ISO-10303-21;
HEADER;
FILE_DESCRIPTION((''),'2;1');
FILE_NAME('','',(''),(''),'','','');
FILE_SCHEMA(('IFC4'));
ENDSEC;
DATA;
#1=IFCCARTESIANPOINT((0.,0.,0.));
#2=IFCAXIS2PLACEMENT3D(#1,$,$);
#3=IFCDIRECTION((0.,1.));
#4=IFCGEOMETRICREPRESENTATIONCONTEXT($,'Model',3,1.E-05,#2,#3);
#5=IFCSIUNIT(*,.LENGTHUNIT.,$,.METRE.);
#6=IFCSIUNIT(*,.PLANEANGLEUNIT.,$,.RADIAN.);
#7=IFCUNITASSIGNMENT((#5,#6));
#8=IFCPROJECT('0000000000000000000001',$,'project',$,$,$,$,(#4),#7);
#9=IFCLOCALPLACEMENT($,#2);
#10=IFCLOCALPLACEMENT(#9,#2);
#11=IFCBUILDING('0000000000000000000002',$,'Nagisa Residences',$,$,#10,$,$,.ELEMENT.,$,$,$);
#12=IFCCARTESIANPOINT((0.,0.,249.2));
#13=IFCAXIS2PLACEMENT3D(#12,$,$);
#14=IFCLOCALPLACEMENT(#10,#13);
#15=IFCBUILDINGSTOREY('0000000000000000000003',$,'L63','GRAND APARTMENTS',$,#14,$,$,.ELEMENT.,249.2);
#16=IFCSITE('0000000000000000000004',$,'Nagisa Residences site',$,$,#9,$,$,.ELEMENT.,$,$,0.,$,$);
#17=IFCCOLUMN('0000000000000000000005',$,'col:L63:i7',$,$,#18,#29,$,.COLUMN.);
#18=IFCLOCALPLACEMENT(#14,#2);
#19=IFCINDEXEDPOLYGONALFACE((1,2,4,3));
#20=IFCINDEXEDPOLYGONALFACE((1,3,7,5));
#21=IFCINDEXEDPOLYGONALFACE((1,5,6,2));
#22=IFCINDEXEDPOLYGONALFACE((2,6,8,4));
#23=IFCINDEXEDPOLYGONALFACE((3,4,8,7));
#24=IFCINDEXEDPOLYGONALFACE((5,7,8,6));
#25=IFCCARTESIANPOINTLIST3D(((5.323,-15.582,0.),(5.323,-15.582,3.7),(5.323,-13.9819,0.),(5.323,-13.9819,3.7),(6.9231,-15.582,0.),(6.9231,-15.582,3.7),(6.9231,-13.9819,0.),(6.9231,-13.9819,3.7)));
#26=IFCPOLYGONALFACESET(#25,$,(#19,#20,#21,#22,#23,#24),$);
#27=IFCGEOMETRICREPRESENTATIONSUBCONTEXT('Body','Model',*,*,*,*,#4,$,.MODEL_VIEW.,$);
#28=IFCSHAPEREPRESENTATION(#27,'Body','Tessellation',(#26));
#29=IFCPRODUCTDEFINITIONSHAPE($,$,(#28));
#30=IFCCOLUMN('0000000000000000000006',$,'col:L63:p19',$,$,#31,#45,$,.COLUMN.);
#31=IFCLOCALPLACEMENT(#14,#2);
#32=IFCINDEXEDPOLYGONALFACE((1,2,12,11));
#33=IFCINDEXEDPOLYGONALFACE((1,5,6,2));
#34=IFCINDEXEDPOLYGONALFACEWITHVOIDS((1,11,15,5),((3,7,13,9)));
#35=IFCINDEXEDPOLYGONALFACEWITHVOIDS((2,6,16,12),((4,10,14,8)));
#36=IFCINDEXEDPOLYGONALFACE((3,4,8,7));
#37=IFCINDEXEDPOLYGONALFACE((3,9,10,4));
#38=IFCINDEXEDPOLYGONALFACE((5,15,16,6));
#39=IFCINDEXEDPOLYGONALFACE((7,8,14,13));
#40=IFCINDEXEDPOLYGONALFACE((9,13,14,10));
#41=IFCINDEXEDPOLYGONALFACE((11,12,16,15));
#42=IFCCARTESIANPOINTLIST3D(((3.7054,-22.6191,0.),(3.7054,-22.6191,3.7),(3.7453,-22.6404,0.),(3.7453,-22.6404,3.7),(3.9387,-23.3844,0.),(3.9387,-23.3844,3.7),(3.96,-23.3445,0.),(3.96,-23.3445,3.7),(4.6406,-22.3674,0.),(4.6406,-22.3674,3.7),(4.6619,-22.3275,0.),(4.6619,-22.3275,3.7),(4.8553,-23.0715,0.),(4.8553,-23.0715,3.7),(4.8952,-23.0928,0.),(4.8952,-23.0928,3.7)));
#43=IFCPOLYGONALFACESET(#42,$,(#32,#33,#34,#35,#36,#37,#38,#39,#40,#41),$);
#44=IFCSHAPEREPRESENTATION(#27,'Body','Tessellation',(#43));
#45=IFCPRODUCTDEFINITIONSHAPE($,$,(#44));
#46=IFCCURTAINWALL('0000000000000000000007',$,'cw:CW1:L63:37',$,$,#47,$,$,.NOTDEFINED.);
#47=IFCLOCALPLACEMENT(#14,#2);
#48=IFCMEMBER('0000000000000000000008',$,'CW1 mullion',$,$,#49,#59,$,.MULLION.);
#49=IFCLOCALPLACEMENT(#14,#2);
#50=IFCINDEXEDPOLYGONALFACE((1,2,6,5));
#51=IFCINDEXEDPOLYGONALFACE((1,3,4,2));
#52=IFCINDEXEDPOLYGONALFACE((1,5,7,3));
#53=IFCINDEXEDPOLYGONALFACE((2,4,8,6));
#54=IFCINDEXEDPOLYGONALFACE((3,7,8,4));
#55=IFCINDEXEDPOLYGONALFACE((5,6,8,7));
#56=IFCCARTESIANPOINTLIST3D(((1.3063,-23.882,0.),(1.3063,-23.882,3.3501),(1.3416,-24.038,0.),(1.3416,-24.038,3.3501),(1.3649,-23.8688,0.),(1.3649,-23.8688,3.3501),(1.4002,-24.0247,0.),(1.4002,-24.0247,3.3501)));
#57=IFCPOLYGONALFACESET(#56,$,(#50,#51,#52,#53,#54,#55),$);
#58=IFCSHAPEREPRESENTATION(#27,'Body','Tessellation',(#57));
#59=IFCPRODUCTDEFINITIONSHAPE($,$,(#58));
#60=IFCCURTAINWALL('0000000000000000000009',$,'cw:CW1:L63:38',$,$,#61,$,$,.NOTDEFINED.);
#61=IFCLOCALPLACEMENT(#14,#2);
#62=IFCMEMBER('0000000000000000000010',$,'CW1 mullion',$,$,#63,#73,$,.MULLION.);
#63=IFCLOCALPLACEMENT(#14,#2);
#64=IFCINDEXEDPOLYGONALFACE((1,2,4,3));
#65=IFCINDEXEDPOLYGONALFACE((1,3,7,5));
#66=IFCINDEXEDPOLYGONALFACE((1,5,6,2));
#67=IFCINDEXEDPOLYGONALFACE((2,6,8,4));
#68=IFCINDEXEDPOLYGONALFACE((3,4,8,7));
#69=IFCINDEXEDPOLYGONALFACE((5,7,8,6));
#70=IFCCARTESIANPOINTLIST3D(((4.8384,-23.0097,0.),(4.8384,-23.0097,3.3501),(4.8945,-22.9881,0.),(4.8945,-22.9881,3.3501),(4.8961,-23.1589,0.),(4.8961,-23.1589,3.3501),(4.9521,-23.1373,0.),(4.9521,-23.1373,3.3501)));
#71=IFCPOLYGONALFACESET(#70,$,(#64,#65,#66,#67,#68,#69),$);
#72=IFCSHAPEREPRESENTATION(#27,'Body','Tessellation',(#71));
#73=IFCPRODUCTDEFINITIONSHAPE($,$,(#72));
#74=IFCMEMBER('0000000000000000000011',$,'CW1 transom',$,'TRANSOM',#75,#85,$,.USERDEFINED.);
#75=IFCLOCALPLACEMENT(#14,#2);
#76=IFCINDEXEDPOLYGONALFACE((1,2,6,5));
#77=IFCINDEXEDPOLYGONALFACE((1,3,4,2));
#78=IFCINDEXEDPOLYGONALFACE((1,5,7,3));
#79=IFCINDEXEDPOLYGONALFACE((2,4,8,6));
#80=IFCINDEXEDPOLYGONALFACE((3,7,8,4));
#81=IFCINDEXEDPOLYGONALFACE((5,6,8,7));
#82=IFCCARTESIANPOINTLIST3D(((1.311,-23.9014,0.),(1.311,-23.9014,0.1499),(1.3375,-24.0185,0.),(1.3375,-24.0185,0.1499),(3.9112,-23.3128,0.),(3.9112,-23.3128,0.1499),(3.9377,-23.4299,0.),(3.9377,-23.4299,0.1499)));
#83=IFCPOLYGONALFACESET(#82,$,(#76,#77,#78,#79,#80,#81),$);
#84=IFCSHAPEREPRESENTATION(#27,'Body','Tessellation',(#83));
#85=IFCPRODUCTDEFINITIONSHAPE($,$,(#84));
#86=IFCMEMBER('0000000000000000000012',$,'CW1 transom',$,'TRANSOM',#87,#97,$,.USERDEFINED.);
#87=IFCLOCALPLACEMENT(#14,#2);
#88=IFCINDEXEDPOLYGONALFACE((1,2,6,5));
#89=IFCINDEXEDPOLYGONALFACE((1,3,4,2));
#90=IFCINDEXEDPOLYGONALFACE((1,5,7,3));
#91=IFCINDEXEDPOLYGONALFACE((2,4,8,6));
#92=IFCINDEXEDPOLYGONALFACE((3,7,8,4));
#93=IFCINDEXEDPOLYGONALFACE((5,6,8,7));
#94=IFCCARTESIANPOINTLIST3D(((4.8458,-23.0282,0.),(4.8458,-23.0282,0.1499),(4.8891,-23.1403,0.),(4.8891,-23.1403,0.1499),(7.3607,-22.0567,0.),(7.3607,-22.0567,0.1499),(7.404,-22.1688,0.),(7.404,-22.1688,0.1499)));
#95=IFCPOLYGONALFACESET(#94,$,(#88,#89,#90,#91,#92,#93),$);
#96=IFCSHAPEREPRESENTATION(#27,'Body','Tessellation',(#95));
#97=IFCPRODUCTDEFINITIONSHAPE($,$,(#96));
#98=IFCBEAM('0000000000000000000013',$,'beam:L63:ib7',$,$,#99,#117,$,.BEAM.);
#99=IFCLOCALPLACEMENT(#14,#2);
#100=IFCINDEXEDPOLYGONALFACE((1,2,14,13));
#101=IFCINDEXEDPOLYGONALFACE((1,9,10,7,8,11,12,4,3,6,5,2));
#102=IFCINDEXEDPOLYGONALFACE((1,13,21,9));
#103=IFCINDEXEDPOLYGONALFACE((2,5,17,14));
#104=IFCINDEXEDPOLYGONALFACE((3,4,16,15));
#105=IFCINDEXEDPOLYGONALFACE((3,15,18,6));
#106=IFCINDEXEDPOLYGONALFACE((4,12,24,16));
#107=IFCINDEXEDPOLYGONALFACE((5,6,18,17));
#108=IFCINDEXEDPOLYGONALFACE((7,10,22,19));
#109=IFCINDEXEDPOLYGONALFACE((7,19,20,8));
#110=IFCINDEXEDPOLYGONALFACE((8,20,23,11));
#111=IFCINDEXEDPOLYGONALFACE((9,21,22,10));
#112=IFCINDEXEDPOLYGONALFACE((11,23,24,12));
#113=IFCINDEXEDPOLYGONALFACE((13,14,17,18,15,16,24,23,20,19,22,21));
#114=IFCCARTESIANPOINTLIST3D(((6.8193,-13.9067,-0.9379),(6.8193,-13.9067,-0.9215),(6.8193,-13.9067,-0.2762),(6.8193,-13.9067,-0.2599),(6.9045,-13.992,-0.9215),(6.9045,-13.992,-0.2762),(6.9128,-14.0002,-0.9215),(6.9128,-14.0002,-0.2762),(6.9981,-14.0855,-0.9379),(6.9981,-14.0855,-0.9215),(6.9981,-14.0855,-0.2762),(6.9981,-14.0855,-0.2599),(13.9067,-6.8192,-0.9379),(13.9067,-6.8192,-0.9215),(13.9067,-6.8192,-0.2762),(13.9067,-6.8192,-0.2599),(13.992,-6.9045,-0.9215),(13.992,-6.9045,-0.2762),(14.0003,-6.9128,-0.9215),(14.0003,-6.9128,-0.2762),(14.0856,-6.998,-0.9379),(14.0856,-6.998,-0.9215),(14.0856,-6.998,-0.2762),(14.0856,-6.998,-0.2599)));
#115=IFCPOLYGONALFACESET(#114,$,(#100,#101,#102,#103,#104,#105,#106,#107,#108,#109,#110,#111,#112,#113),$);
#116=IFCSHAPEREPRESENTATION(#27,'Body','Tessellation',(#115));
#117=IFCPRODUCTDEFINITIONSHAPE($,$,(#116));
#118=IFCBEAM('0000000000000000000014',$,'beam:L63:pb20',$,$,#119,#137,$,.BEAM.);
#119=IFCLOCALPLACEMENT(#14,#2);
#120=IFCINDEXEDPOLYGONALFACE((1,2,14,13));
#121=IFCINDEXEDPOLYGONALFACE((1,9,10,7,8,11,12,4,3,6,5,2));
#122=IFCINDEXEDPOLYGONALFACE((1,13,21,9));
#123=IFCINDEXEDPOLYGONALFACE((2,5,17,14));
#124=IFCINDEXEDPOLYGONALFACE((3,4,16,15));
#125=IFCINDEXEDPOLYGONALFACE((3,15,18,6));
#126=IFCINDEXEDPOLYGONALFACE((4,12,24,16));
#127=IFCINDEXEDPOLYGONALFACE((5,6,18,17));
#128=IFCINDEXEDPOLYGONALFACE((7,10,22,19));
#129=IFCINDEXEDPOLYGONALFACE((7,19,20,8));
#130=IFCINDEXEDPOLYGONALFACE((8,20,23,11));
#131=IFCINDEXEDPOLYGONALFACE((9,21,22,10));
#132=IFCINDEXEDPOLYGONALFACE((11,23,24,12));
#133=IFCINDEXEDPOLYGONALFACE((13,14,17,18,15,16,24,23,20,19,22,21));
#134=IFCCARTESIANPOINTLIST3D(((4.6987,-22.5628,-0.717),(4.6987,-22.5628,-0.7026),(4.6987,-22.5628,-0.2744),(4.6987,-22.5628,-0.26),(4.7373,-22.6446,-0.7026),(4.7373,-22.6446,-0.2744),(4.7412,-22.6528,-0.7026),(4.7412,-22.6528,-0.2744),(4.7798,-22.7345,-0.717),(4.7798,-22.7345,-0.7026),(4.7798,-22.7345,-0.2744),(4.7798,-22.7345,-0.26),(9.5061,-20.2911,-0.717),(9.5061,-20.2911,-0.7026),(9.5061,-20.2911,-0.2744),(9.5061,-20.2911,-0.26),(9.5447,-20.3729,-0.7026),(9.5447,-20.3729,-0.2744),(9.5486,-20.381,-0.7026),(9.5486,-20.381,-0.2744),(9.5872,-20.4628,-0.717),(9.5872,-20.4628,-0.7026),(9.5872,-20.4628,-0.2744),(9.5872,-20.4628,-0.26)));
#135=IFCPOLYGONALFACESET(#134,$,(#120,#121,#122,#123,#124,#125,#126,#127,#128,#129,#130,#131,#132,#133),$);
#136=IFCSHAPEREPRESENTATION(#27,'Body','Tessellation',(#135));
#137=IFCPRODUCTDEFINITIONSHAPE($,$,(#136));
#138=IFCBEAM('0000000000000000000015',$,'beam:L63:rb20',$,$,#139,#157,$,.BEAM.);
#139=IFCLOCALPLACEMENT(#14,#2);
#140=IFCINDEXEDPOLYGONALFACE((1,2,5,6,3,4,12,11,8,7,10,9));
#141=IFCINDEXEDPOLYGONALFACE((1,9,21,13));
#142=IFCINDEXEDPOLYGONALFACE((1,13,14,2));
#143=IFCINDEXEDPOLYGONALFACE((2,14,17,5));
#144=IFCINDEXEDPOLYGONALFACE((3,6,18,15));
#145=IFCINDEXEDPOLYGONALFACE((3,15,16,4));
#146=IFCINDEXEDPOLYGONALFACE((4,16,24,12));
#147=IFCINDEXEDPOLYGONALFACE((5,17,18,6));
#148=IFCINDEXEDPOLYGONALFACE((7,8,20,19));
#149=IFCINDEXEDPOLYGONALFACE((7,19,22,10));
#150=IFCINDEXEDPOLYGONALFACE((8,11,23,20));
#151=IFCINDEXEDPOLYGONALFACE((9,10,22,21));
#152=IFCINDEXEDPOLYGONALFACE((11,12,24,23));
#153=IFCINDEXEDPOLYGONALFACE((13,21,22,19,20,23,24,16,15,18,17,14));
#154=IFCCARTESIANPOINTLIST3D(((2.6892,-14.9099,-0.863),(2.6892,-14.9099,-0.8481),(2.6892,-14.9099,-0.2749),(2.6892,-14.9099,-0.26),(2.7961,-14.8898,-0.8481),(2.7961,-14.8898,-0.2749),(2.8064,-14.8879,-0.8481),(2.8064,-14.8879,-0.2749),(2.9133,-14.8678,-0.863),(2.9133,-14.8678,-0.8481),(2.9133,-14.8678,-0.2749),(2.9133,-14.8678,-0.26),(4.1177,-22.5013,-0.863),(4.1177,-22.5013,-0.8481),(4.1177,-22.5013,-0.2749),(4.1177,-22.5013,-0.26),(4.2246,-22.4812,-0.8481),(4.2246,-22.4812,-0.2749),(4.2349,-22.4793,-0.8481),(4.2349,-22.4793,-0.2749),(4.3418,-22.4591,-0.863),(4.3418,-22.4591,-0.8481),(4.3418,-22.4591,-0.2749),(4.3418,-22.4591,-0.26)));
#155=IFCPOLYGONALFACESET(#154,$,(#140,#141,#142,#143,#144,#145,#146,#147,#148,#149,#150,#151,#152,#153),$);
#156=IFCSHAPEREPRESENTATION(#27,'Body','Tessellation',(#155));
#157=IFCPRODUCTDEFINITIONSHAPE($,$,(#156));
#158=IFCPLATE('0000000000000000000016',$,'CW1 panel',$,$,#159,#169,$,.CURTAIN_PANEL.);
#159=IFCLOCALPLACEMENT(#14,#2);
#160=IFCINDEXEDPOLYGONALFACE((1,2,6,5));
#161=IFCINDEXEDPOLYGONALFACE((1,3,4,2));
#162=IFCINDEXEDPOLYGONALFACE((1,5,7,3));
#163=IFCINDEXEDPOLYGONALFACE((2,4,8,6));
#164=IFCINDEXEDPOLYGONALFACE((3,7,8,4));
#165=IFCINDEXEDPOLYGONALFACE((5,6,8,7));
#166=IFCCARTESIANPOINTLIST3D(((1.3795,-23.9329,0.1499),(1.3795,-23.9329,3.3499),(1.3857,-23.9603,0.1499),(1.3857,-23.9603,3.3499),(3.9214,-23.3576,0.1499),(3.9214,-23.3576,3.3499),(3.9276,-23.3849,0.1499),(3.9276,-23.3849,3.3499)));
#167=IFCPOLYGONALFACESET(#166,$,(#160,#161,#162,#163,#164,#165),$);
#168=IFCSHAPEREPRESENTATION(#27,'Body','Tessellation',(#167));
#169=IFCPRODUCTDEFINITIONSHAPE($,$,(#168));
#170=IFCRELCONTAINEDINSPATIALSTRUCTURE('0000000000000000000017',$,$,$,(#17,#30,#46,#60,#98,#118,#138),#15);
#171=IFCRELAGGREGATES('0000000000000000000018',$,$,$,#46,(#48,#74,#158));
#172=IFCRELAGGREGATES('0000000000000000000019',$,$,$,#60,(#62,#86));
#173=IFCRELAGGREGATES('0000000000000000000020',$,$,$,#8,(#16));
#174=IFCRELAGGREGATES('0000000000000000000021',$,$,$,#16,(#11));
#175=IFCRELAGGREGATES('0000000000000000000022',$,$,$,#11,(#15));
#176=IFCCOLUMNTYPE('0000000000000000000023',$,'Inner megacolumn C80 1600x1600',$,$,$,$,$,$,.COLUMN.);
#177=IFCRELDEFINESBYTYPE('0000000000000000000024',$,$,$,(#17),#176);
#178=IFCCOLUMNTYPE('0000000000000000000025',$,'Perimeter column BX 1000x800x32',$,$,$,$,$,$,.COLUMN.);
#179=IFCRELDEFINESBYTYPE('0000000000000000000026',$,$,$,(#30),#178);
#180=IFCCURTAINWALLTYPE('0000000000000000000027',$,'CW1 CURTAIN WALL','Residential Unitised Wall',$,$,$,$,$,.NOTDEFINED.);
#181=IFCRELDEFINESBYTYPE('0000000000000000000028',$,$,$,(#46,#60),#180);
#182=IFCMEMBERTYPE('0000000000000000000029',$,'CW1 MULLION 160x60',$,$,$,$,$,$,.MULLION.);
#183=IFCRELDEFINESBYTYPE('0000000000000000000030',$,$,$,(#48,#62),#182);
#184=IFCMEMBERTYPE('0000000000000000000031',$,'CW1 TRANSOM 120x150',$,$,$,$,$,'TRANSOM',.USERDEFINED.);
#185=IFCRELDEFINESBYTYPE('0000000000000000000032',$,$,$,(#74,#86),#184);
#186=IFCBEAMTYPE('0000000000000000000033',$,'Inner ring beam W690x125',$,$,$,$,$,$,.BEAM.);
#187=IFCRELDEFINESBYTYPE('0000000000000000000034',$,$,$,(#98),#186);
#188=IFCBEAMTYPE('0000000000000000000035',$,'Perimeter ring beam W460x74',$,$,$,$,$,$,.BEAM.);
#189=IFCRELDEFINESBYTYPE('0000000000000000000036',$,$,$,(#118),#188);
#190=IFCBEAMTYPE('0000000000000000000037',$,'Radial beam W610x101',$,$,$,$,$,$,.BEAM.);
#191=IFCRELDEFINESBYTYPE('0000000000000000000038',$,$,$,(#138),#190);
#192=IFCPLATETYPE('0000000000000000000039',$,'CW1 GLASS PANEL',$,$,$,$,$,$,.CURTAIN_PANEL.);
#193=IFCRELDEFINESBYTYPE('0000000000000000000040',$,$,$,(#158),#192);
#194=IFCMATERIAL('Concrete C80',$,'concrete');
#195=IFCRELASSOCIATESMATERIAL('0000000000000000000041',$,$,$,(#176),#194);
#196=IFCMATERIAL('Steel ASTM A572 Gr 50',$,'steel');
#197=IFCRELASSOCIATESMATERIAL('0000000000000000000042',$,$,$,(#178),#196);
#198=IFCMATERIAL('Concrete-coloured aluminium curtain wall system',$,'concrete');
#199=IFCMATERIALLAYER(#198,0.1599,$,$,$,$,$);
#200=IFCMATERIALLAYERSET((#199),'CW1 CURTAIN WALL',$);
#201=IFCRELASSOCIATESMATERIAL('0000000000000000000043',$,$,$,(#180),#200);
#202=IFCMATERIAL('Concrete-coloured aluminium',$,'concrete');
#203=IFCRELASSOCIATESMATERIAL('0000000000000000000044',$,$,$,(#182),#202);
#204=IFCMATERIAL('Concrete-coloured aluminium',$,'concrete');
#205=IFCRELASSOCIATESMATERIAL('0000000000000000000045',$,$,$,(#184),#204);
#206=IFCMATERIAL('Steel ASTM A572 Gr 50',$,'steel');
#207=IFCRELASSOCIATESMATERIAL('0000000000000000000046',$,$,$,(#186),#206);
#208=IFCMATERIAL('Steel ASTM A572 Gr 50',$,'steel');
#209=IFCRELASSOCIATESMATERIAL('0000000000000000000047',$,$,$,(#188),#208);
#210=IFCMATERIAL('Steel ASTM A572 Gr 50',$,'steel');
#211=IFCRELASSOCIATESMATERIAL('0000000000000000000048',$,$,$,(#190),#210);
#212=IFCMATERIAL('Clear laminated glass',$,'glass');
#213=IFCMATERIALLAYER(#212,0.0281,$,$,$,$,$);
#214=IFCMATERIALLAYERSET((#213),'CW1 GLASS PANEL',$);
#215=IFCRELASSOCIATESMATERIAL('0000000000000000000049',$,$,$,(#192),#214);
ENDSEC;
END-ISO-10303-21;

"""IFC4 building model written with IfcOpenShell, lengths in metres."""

from ifc_helpers import new_model, si_unit, direction, frame, origin, origin_2d, place, context, subcontext, project, spatial, rectangle, hollow_rectangle, i_section, extrude, material, layer, layer_set, material_profile, profile_set, type_object, element, aggregate, save


model = new_model("IFC4")

# Units and contexts
model_context = context("Model", 3, precision=1e-05, world=origin(), true_north=direction((0.0, 1.0)))
body_context = subcontext(model_context, "Body", "Model", "MODEL_VIEW")
ifc_project = project(units=[si_unit("LENGTHUNIT", "METRE"), si_unit("PLANEANGLEUNIT", "RADIAN")], contexts=[model_context])

# Site, building, storey
site_placement = place(None, origin())
site = spatial("IfcSite", under=ifc_project, at=site_placement, Name="Nagisa Residences site", CompositionType="ELEMENT", RefElevation=0.0)
building_placement = place(site_placement, origin())
building = spatial("IfcBuilding", under=site, at=building_placement, Name="Nagisa Residences", CompositionType="ELEMENT")
storey_placement = place(building_placement, frame((0.0, 0.0, 249.2)))
storey = spatial("IfcBuildingStorey", under=building, at=storey_placement, Name="L63", Description="GRAND APARTMENTS", CompositionType="ELEMENT", Elevation=249.2)

# Columns
ifc_material_1 = material(Name="Concrete C80", Category="concrete")
ifc_material_profile_1 = material_profile(ifc_material_1, rectangle(XDim=1.6001, YDim=1.6001, at=origin_2d()), Name="C80 1600x1600")
ifc_profile_set_1 = profile_set([ifc_material_profile_1], Name="Concrete C80")
column_type_1 = type_object("IfcColumnType", Name="Inner megacolumn C80 1600x1600", PredefinedType="COLUMN", material=ifc_profile_set_1)
column_1_placement = place(storey_placement, frame((6.123, -14.782, 0.0), z_axis=(0.0, 0.0, 1.0), x_axis=(1.0, 0.0, 0.0)))
element("IfcColumn", 1, at=column_1_placement, inside=storey, type_object=column_type_1, Name="col:L63:i7", PredefinedType="COLUMN", context=body_context, shape_type="SweptSolid", body=[
    extrude(rectangle(XDim=1.6001, YDim=1.6001, at=origin_2d()), origin(), (0.0, 0.0, 1.0), 3.7),
])
ifc_material_2 = material(Name="Steel ASTM A572 Gr 50", Category="steel")
ifc_material_profile_2 = material_profile(ifc_material_2, hollow_rectangle(XDim=1.0, YDim=0.8, WallThickness=0.032, at=origin_2d()), Name="BX 1000x800x32")
ifc_profile_set_2 = profile_set([ifc_material_profile_2], Name="Steel ASTM A572 Gr 50")
column_type_2 = type_object("IfcColumnType", Name="Perimeter column BX 1000x800x32", PredefinedType="COLUMN", material=ifc_profile_set_2)
column_2_placement = place(storey_placement, frame((4.3003, -22.856, 0.0), z_axis=(0.0, 0.0, 1.0), x_axis=(0.956525, 0.291652, 0.0)))
element("IfcColumn", 2, at=column_2_placement, inside=storey, type_object=column_type_2, Name="col:L63:p19", PredefinedType="COLUMN", context=body_context, shape_type="SweptSolid", body=[
    extrude(hollow_rectangle(XDim=1.0, YDim=0.8, WallThickness=0.032, at=origin_2d()), origin(), (0.0, 0.0, 1.0), 3.7),
])

# Curtain walls, members
ifc_material_3 = material(Name="Concrete-coloured aluminium curtain wall system", Category="concrete")
ifc_layer_1 = layer(ifc_material_3, 0.1599)
ifc_layer_set_1 = layer_set([ifc_layer_1], Name="CW1 CURTAIN WALL")
curtain_wall_type = type_object("IfcCurtainWallType", Name="CW1 CURTAIN WALL", Description="Residential Unitised Wall", PredefinedType="NOTDEFINED", material=ifc_layer_set_1)
curtain_wall_1_placement = place(storey_placement, origin())
curtain_wall_1 = element("IfcCurtainWall", 3, at=curtain_wall_1_placement, inside=storey, type_object=curtain_wall_type, Name="cw:CW1:L63:37", PredefinedType="NOTDEFINED")
ifc_material_4 = material(Name="Concrete-coloured aluminium", Category="concrete")
ifc_material_profile_3 = material_profile(ifc_material_4, rectangle(XDim=0.1599, YDim=0.0601, at=origin_2d()), Name="CW1 MULLION 160x60")
ifc_profile_set_3 = profile_set([ifc_material_profile_3], Name="Concrete-coloured aluminium")
member_type_1 = type_object("IfcMemberType", Name="CW1 MULLION 160x60", PredefinedType="MULLION", material=ifc_profile_set_3)
member_1_placement = place(storey_placement, frame((1.3533, -23.9534, 0.0), z_axis=(0.0, 0.0, 1.0), x_axis=(-0.220764, 0.975327, 0.0)))
member_1 = element("IfcMember", 4, at=member_1_placement, type_object=member_type_1, Name="CW1 mullion", PredefinedType="MULLION", context=body_context, shape_type="SweptSolid", body=[
    extrude(rectangle(XDim=0.1599, YDim=0.0601, at=origin_2d()), origin(), (0.0, 0.0, 1.0), 3.3501),
])
curtain_wall_2_placement = place(storey_placement, origin())
curtain_wall_2 = element("IfcCurtainWall", 5, at=curtain_wall_2_placement, inside=storey, type_object=curtain_wall_type, Name="cw:CW1:L63:38", PredefinedType="NOTDEFINED")
member_2_placement = place(storey_placement, frame((4.8953, -23.0735, 0.0), z_axis=(0.0, 0.0, 1.0), x_axis=(-0.360328, 0.932826, 0.0)))
member_2 = element("IfcMember", 6, at=member_2_placement, type_object=member_type_1, Name="CW1 mullion", PredefinedType="MULLION", context=body_context, shape_type="SweptSolid", body=[
    extrude(rectangle(XDim=0.1599, YDim=0.0601, at=origin_2d()), origin(), (0.0, 0.0, 1.0), 3.3501),
])

# Members
ifc_material_5 = material(Name="Concrete-coloured aluminium", Category="concrete")
ifc_material_profile_4 = material_profile(ifc_material_5, rectangle(XDim=0.1201, YDim=0.1499, at=origin_2d()), Name="CW1 TRANSOM 120x150")
ifc_profile_set_4 = profile_set([ifc_material_profile_4], Name="Concrete-coloured aluminium")
member_type_2 = type_object("IfcMemberType", Name="CW1 TRANSOM 120x150", ElementType="TRANSOM", PredefinedType="USERDEFINED", material=ifc_profile_set_4)
member_3_placement = place(storey_placement, frame((1.3242, -23.96, 0.075), z_axis=(0.975324, 0.220778, 0.0), x_axis=(-0.220778, 0.975324, 0.0)))
member_3 = element("IfcMember", 7, at=member_3_placement, type_object=member_type_2, Name="CW1 transom", ObjectType="TRANSOM", PredefinedType="USERDEFINED", context=body_context, shape_type="SweptSolid", body=[
    extrude(rectangle(XDim=0.1201, YDim=0.1499, at=origin_2d()), origin(), (0.0, 0.0, 1.0), 2.666),
])
member_4_placement = place(storey_placement, frame((4.8674, -23.0842, 0.075), z_axis=(0.932826, 0.360326, 0.0), x_axis=(-0.360326, 0.932826, 0.0)))
member_4 = element("IfcMember", 8, at=member_4_placement, type_object=member_type_2, Name="CW1 transom", ObjectType="TRANSOM", PredefinedType="USERDEFINED", context=body_context, shape_type="SweptSolid", body=[
    extrude(rectangle(XDim=0.1201, YDim=0.1499, at=origin_2d()), origin(), (0.0, 0.0, 1.0), 2.696),
])

# Beams
ifc_material_6 = material(Name="Steel ASTM A572 Gr 50", Category="steel")
ifc_material_profile_5 = material_profile(ifc_material_6, i_section(OverallWidth=0.2529, OverallDepth=0.678, WebThickness=0.0117, FlangeThickness=0.0164, at=origin_2d()), Name="W690x125")
ifc_profile_set_5 = profile_set([ifc_material_profile_5], Name="Steel ASTM A572 Gr 50")
beam_type_1 = type_object("IfcBeamType", Name="Inner ring beam W690x125", PredefinedType="BEAM", material=ifc_profile_set_5)
beam_1_placement = place(storey_placement, frame((6.9087, -13.9961, -0.5989), z_axis=(0.707107, 0.707107, 0.0), x_axis=(-0.707107, 0.707107, 0.0)))
element("IfcBeam", 9, at=beam_1_placement, inside=storey, type_object=beam_type_1, Name="beam:L63:ib7", PredefinedType="BEAM", context=body_context, shape_type="SweptSolid", body=[
    extrude(i_section(OverallWidth=0.2529, OverallDepth=0.678, WebThickness=0.0117, FlangeThickness=0.0164, at=origin_2d()), origin(), (0.0, 0.0, 1.0), 10.0232),
])
ifc_material_7 = material(Name="Steel ASTM A572 Gr 50", Category="steel")
ifc_material_profile_6 = material_profile(ifc_material_7, i_section(OverallWidth=0.1899, OverallDepth=0.457, WebThickness=0.009, FlangeThickness=0.0144, at=origin_2d()), Name="W460x74")
ifc_profile_set_6 = profile_set([ifc_material_profile_6], Name="Steel ASTM A572 Gr 50")
beam_type_2 = type_object("IfcBeamType", Name="Perimeter ring beam W460x74", PredefinedType="BEAM", material=ifc_profile_set_6)
beam_2_placement = place(storey_placement, frame((4.7393, -22.6487, -0.4885), z_axis=(0.904134, 0.427249, 0.0), x_axis=(-0.427249, 0.904134, 0.0)))
element("IfcBeam", 10, at=beam_2_placement, inside=storey, type_object=beam_type_2, Name="beam:L63:pb20", PredefinedType="BEAM", context=body_context, shape_type="SweptSolid", body=[
    extrude(i_section(OverallWidth=0.1899, OverallDepth=0.457, WebThickness=0.009, FlangeThickness=0.0144, at=origin_2d()), origin(), (0.0, 0.0, 1.0), 5.3171),
])
ifc_material_8 = material(Name="Steel ASTM A572 Gr 50", Category="steel")
ifc_material_profile_7 = material_profile(ifc_material_8, i_section(OverallWidth=0.228, OverallDepth=0.603, WebThickness=0.0105, FlangeThickness=0.0149, at=origin_2d()), Name="W610x101")
ifc_profile_set_7 = profile_set([ifc_material_profile_7], Name="Steel ASTM A572 Gr 50")
beam_type_3 = type_object("IfcBeamType", Name="Radial beam W610x101", PredefinedType="BEAM", material=ifc_profile_set_7)
beam_3_placement = place(storey_placement, frame((4.2297, -22.4802, -0.5615), z_axis=(-0.184926, 0.982752, 0.0), x_axis=(-0.982752, -0.184926, 0.0)))
element("IfcBeam", 11, at=beam_3_placement, inside=storey, type_object=beam_type_3, Name="beam:L63:rb20", PredefinedType="BEAM", context=body_context, shape_type="SweptSolid", body=[
    extrude(i_section(OverallWidth=0.228, OverallDepth=0.603, WebThickness=0.0105, FlangeThickness=0.0149, at=origin_2d()), origin(), (0.0, 0.0, 1.0), 7.7246),
])

# Plate
ifc_material_9 = material(Name="Clear laminated glass", Category="glass")
ifc_layer_2 = layer(ifc_material_9, 0.0281)
ifc_layer_set_2 = layer_set([ifc_layer_2], Name="CW1 GLASS PANEL")
plate_type = type_object("IfcPlateType", Name="CW1 GLASS PANEL", PredefinedType="CURTAIN_PANEL", material=ifc_layer_set_2)
plate_1_placement = place(storey_placement, frame((2.6536, -23.6589, 0.1499), z_axis=(0.0, 0.0, 1.0), x_axis=(0.975327, 0.220764, 0.0)))
plate_1 = element("IfcPlate", 12, at=plate_1_placement, type_object=plate_type, Name="CW1 panel", PredefinedType="CURTAIN_PANEL", context=body_context, shape_type="SweptSolid", body=[
    extrude(rectangle(XDim=2.6062, YDim=0.0281, at=origin_2d()), origin(), (0.0, 0.0, 1.0), 3.2),
])
aggregate(curtain_wall_1, [member_1, member_3, plate_1])
aggregate(curtain_wall_2, [member_2, member_4])

save(model, "model.ifc")
